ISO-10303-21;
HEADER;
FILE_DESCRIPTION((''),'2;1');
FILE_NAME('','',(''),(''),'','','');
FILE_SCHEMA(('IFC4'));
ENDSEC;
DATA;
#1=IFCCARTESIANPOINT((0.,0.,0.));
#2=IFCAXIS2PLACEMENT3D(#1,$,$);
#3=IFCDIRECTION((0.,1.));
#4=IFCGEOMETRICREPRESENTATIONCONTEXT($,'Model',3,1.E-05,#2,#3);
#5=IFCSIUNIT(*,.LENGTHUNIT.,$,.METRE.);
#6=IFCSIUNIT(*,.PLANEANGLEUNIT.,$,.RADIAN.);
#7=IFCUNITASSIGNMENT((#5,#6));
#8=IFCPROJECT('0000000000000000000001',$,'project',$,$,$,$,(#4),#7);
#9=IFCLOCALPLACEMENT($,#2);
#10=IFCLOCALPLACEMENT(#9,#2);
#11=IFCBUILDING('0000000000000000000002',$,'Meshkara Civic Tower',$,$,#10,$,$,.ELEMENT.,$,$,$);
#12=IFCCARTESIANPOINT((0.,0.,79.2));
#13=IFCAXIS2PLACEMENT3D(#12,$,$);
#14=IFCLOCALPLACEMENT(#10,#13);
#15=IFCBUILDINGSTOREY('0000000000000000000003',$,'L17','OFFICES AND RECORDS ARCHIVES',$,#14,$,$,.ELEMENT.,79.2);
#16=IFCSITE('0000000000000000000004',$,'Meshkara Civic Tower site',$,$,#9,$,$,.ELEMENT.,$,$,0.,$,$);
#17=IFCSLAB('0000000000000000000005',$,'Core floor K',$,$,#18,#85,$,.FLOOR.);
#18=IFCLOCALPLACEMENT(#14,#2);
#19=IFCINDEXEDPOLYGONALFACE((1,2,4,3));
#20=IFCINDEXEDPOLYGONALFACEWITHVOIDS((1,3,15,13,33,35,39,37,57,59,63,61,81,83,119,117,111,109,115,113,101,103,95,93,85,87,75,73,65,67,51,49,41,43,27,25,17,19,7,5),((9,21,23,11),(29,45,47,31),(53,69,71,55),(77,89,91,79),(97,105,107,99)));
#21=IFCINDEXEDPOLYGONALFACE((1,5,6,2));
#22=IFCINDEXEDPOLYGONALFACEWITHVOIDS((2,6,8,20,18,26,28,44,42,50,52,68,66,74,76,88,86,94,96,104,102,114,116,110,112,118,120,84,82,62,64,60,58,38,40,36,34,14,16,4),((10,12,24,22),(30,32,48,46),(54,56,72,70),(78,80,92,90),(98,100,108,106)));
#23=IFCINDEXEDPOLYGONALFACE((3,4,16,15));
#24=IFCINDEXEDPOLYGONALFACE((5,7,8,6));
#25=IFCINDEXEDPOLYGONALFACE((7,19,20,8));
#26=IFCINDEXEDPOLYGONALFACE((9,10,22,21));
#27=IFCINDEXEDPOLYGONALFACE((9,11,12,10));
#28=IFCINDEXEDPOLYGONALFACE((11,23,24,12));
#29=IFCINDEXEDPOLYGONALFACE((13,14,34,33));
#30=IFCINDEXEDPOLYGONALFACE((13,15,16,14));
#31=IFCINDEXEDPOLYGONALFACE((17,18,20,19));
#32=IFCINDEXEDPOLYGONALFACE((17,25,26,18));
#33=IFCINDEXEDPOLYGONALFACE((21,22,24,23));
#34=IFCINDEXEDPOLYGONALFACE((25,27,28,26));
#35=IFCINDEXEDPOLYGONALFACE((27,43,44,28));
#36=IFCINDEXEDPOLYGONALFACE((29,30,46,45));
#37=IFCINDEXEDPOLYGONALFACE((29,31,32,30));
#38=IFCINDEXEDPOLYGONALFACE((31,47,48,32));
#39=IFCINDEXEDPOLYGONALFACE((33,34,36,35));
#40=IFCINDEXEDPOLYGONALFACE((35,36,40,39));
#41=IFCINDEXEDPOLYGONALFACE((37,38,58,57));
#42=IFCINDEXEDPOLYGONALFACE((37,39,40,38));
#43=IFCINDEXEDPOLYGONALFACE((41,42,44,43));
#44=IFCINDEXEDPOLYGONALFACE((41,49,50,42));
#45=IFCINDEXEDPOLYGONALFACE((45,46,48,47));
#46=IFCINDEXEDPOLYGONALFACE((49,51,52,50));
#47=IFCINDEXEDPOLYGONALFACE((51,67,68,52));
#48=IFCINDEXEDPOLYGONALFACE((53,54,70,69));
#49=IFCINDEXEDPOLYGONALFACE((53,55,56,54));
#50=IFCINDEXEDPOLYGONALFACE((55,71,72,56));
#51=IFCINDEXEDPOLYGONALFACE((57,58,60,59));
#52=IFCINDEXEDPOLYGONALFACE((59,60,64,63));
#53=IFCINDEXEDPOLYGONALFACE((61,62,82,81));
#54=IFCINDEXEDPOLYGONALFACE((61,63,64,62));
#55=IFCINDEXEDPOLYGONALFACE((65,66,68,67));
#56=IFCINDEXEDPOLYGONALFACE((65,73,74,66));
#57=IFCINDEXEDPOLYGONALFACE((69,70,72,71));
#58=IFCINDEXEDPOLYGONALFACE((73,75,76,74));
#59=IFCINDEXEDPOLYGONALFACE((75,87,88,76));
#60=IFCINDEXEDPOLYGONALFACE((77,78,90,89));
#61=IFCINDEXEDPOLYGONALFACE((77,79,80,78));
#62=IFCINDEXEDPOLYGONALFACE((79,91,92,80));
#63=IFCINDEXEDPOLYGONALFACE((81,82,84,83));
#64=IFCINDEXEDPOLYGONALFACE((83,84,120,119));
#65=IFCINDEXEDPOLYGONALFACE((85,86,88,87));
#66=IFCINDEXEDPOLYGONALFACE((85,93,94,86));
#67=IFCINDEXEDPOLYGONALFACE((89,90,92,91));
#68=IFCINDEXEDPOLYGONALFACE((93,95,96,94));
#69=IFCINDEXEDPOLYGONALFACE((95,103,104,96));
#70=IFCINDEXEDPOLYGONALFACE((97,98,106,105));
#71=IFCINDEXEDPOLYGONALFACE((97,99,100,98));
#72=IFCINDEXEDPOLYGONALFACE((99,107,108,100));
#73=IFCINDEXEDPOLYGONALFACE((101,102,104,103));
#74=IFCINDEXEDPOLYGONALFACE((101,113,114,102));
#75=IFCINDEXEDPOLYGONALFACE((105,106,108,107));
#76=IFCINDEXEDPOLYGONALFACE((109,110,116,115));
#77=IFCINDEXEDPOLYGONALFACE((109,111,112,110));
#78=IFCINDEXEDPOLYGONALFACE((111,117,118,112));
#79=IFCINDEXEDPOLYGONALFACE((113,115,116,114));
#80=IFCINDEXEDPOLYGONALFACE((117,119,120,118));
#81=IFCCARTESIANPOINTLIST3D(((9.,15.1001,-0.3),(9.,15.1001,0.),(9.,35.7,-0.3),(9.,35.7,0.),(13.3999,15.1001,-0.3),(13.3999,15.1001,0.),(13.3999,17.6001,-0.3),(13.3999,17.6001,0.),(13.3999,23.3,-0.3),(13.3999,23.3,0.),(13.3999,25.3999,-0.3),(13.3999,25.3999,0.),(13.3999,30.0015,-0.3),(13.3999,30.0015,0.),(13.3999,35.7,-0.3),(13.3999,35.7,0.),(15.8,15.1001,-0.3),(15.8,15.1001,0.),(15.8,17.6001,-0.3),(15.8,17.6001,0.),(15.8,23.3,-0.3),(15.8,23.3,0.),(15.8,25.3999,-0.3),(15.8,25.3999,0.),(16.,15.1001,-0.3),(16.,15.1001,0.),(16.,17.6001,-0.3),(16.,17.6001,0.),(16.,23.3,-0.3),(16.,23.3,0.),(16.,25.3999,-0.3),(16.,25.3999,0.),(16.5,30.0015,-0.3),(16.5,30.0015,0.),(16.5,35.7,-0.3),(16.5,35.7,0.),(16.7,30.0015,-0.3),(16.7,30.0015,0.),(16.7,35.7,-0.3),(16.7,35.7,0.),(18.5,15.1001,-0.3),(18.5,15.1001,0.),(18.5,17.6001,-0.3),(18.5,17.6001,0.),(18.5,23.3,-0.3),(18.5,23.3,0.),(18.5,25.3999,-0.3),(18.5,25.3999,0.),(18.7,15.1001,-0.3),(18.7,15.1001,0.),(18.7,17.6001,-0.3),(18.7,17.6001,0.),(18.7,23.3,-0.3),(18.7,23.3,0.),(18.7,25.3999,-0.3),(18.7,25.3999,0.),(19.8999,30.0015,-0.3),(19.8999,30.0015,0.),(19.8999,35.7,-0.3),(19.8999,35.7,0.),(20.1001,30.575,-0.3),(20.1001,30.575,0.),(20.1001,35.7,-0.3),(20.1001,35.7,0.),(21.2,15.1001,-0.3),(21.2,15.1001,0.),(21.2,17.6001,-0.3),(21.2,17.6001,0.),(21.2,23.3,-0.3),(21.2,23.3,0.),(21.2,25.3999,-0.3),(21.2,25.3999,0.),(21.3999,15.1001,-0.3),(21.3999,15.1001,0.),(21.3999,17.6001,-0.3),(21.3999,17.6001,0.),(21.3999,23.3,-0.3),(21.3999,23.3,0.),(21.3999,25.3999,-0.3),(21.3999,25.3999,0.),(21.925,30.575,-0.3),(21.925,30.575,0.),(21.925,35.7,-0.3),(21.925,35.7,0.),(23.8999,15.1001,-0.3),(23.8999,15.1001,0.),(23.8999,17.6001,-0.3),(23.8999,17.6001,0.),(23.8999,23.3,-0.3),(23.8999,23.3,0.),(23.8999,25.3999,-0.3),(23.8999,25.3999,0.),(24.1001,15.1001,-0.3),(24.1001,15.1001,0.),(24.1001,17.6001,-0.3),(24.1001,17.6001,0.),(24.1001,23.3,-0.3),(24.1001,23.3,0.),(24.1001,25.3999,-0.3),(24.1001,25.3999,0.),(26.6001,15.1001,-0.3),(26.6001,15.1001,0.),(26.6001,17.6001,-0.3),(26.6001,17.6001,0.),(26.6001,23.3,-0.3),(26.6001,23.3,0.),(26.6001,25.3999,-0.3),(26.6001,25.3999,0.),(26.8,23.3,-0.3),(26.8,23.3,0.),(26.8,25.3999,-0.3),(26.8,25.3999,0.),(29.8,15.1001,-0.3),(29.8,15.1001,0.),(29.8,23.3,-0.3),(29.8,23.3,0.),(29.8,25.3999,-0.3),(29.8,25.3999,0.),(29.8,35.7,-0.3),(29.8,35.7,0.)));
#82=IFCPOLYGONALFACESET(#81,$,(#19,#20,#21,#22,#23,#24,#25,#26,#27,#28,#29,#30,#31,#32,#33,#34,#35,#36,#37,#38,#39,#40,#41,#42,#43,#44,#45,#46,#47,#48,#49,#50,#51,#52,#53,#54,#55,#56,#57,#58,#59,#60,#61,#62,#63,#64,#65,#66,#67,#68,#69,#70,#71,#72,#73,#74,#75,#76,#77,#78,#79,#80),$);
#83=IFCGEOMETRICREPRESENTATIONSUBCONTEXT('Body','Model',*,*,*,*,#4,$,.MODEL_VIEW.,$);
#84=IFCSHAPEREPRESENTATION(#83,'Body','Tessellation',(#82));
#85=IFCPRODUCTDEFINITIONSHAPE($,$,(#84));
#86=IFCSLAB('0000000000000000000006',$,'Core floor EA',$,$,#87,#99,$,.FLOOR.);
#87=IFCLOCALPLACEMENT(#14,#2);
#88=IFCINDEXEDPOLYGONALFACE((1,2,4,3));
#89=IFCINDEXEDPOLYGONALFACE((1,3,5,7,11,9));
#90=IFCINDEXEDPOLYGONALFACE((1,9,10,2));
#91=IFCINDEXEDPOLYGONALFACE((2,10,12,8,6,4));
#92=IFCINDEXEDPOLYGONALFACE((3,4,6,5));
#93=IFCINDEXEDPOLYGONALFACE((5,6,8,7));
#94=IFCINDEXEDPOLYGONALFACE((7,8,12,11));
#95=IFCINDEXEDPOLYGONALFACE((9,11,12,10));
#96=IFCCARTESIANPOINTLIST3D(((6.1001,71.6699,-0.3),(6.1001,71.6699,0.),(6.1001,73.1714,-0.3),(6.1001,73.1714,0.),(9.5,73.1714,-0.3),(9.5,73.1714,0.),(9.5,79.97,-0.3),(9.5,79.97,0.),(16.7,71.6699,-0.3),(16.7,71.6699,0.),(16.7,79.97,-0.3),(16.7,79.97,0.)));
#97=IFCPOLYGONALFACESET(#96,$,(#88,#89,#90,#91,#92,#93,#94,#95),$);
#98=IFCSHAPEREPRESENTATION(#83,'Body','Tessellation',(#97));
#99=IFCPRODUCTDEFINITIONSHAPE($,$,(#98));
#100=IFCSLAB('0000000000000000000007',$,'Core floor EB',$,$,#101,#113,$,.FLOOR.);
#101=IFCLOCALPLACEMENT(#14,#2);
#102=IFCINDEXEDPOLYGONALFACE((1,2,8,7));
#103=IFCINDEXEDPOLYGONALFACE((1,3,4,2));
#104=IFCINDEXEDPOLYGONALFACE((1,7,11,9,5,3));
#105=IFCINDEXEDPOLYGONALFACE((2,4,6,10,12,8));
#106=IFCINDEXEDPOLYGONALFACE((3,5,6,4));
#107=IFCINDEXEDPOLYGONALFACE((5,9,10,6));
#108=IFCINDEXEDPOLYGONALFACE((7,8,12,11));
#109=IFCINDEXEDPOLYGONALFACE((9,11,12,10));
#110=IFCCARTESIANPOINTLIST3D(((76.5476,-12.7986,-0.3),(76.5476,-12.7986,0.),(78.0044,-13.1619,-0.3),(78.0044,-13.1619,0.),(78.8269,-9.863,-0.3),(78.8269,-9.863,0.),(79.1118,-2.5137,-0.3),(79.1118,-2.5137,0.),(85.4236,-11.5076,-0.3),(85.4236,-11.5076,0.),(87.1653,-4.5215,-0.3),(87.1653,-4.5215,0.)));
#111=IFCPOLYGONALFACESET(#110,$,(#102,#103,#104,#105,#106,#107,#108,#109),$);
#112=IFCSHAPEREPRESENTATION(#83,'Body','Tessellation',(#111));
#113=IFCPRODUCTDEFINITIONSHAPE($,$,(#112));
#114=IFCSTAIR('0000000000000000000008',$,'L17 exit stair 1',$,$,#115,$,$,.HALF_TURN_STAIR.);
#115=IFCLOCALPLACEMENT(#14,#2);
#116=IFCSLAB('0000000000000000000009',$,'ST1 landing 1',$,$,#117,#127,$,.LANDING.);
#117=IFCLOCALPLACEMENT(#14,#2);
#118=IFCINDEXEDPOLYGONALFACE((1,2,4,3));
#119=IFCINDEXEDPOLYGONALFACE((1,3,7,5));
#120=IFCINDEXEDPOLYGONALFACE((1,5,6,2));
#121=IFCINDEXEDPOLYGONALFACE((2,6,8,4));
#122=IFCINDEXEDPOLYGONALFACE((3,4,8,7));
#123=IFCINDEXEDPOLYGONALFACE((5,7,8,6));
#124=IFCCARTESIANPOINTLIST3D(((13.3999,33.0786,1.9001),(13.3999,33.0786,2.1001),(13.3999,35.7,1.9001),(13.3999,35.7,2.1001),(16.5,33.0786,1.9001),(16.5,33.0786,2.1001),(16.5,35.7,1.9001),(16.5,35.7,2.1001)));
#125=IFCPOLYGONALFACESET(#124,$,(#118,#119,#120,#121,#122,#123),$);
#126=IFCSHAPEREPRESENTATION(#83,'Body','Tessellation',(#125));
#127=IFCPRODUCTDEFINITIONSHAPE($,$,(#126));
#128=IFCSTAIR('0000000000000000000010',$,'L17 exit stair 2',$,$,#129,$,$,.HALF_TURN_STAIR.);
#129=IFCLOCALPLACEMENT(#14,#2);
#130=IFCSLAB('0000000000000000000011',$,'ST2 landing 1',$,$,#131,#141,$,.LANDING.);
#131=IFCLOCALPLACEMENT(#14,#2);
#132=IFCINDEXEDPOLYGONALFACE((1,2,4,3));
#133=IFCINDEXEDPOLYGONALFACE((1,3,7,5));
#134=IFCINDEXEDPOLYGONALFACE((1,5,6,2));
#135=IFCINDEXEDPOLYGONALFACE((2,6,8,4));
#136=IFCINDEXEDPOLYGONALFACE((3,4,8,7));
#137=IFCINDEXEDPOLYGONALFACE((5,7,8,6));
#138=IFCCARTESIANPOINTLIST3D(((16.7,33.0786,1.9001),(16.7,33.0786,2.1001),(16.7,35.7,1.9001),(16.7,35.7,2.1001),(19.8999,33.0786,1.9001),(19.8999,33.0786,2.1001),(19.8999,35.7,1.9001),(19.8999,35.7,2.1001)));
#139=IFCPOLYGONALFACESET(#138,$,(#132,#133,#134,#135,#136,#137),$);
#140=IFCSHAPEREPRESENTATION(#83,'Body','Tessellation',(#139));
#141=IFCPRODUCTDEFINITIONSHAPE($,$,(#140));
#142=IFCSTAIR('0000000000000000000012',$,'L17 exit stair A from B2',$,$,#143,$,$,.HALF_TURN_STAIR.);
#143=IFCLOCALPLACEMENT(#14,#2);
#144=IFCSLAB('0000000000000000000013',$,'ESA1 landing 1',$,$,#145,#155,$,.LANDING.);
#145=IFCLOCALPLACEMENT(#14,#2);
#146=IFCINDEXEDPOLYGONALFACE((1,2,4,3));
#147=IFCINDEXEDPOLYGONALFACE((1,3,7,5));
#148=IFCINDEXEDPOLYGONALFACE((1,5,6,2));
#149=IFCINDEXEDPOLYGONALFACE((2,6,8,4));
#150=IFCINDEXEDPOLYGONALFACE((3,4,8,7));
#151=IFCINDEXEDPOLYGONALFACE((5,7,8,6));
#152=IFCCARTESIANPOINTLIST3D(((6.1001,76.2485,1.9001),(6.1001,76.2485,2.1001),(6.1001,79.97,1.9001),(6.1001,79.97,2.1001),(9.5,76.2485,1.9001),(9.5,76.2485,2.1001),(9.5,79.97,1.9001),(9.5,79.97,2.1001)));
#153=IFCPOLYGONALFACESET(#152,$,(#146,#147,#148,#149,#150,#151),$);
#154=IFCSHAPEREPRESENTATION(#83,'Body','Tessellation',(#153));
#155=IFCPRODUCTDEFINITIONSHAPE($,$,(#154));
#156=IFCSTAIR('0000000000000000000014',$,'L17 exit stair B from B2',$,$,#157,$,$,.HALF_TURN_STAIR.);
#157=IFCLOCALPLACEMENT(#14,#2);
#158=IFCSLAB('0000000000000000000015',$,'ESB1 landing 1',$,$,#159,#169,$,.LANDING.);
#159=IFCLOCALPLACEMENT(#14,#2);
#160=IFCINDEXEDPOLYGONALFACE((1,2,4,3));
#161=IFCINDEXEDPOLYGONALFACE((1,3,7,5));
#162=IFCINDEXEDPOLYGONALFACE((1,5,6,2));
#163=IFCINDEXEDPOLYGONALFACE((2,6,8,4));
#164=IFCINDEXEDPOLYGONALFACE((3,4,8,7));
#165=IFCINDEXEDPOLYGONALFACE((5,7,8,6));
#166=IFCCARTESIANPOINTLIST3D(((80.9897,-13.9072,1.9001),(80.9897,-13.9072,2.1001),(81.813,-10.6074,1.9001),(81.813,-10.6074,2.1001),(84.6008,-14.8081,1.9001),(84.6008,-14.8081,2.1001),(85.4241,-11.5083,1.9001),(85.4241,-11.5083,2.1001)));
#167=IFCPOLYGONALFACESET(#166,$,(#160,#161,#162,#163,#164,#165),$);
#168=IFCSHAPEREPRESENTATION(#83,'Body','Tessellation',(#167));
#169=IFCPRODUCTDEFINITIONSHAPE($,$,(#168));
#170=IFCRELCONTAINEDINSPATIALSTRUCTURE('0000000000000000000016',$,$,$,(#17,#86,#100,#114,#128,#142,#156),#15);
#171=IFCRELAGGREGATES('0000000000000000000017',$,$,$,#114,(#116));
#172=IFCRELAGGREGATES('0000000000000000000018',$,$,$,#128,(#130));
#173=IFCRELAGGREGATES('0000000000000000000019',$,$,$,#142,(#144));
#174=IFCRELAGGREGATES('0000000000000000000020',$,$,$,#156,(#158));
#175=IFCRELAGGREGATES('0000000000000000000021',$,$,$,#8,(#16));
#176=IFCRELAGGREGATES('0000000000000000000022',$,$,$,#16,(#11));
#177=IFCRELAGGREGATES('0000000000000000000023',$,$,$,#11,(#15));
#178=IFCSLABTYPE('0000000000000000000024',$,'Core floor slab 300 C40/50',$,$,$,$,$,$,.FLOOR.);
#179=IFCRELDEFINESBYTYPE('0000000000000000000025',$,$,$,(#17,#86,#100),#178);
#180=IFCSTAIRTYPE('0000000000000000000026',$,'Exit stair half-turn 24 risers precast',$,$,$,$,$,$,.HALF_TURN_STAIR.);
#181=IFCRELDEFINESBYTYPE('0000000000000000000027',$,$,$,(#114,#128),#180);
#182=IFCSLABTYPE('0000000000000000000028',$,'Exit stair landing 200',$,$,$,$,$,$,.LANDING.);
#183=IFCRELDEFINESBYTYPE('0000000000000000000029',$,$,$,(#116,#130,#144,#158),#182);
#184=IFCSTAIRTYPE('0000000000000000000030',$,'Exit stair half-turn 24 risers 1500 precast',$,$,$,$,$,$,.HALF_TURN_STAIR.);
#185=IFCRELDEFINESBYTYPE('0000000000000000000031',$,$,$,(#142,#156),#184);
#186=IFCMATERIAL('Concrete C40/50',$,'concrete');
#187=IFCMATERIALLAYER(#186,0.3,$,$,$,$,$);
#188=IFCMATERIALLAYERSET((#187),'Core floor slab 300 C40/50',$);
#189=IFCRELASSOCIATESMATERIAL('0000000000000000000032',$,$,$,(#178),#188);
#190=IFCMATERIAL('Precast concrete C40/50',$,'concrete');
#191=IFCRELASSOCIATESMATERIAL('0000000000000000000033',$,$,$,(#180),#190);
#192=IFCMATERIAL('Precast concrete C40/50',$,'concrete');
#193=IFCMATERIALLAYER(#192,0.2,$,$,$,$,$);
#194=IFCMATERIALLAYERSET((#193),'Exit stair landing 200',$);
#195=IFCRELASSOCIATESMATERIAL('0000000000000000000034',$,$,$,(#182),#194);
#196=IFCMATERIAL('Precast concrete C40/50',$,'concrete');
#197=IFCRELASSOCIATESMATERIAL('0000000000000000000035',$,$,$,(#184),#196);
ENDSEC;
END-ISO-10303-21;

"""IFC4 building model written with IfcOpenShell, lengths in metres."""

from ifc_helpers import new_model, si_unit, direction, frame, origin, place, context, subcontext, project, spatial, polyline, outline, extrude, material, layer, layer_set, type_object, element, aggregate, save


model = new_model("IFC4")

# Units and contexts
model_context = context("Model", 3, precision=1e-05, world=origin(), true_north=direction((0.0, 1.0)))
body_context = subcontext(model_context, "Body", "Model", "MODEL_VIEW")
ifc_project = project(units=[si_unit("LENGTHUNIT", "METRE"), si_unit("PLANEANGLEUNIT", "RADIAN")], contexts=[model_context])

# Site, building, storey
site_placement = place(None, origin())
site = spatial("IfcSite", under=ifc_project, at=site_placement, Name="Meshkara Civic Tower site", CompositionType="ELEMENT", RefElevation=0.0)
building_placement = place(site_placement, origin())
building = spatial("IfcBuilding", under=site, at=building_placement, Name="Meshkara Civic Tower", CompositionType="ELEMENT")
storey_placement = place(building_placement, frame((0.0, 0.0, 79.2)))
storey = spatial("IfcBuildingStorey", under=building, at=storey_placement, Name="L17", Description="OFFICES AND RECORDS ARCHIVES", CompositionType="ELEMENT", Elevation=79.2)

# Slabs
ifc_material_1 = material(Name="Concrete C40/50", Category="concrete")
ifc_layer_1 = layer(ifc_material_1, 0.3)
ifc_layer_set_1 = layer_set([ifc_layer_1], Name="Core floor slab 300 C40/50")
slab_type_1 = type_object("IfcSlabType", Name="Core floor slab 300 C40/50", PredefinedType="FLOOR", material=ifc_layer_set_1)
slab_1_placement = place(storey_placement, frame((0.0, 0.0, -0.3)))
element("IfcSlab", 1, at=slab_1_placement, inside=storey, type_object=slab_type_1, Name="Core floor K", PredefinedType="FLOOR", context=body_context, shape_type="SweptSolid", body=[
    extrude(outline(polyline([(9.0, 35.7), (13.3999, 35.7), (13.3999, 30.0015), (16.5, 30.0015), (16.5, 35.7), (16.7, 35.7), (16.7, 30.0015), (19.8999, 30.0015), (19.8999, 35.7), (20.1001, 35.7), (20.1001, 30.575), (21.925, 30.575), (21.925, 35.7), (29.8, 35.7), (29.8, 25.3999), (26.8, 25.3999), (26.8, 23.3), (29.8, 23.3), (29.8, 15.1001), (26.6001, 15.1001), (26.6001, 17.6001), (24.1001, 17.6001), (24.1001, 15.1001), (23.8999, 15.1001), (23.8999, 17.6001), (21.3999, 17.6001), (21.3999, 15.1001), (21.2, 15.1001), (21.2, 17.6001), (18.7, 17.6001), (18.7, 15.1001), (18.5, 15.1001), (18.5, 17.6001), (16.0, 17.6001), (16.0, 15.1001), (15.8, 15.1001), (15.8, 17.6001), (13.3999, 17.6001), (13.3999, 15.1001), (9.0, 15.1001), (9.0, 35.7)]), holes=[polyline([(13.3999, 25.3999), (13.3999, 23.3), (15.8, 23.3), (15.8, 25.3999), (13.3999, 25.3999)]), polyline([(18.5, 23.3), (18.5, 25.3999), (16.0, 25.3999), (16.0, 23.3), (18.5, 23.3)]), polyline([(18.7, 25.3999), (18.7, 23.3), (21.2, 23.3), (21.2, 25.3999), (18.7, 25.3999)]), polyline([(23.8999, 23.3), (23.8999, 25.3999), (21.3999, 25.3999), (21.3999, 23.3), (23.8999, 23.3)]), polyline([(26.6001, 23.3), (26.6001, 25.3999), (24.1001, 25.3999), (24.1001, 23.3), (26.6001, 23.3)])]), origin(), (0.0, 0.0, 1.0), 0.3),
])
slab_2_placement = place(storey_placement, frame((0.0, 0.0, -0.3)))
element("IfcSlab", 2, at=slab_2_placement, inside=storey, type_object=slab_type_1, Name="Core floor EA", PredefinedType="FLOOR", context=body_context, shape_type="SweptSolid", body=[
    extrude(outline(polyline([(16.7, 71.6699), (16.7, 79.97), (9.5, 79.97), (9.5, 73.1714), (6.1001, 73.1714), (6.1001, 71.6699), (16.7, 71.6699)])), origin(), (0.0, 0.0, 1.0), 0.3),
])
slab_3_placement = place(storey_placement, frame((0.0, 0.0, -0.3)))
element("IfcSlab", 3, at=slab_3_placement, inside=storey, type_object=slab_type_1, Name="Core floor EB", PredefinedType="FLOOR", context=body_context, shape_type="SweptSolid", body=[
    extrude(outline(polyline([(79.1118, -2.5137), (87.1653, -4.5215), (85.4236, -11.5076), (78.8269, -9.863), (78.0044, -13.1619), (76.5476, -12.7986), (79.1118, -2.5137)])), origin(), (0.0, 0.0, 1.0), 0.3),
])

# Stairs, slabs
ifc_material_2 = material(Name="Precast concrete C40/50", Category="concrete")
stair_type_1 = type_object("IfcStairType", Name="Exit stair half-turn 24 risers precast", PredefinedType="HALF_TURN_STAIR", material=ifc_material_2)
stair_1_placement = place(storey_placement, origin())
stair_1 = element("IfcStair", 4, at=stair_1_placement, inside=storey, type_object=stair_type_1, Name="L17 exit stair 1", PredefinedType="HALF_TURN_STAIR")
ifc_material_3 = material(Name="Precast concrete C40/50", Category="concrete")
ifc_layer_2 = layer(ifc_material_3, 0.2)
ifc_layer_set_2 = layer_set([ifc_layer_2], Name="Exit stair landing 200")
slab_type_2 = type_object("IfcSlabType", Name="Exit stair landing 200", PredefinedType="LANDING", material=ifc_layer_set_2)
slab_4_placement = place(storey_placement, frame((0.0, 0.0, 1.9001)))
slab_4 = element("IfcSlab", 5, at=slab_4_placement, type_object=slab_type_2, Name="ST1 landing 1", PredefinedType="LANDING", context=body_context, shape_type="SweptSolid", body=[
    extrude(outline(polyline([(16.5, 33.0786), (16.5, 35.7), (13.3999, 35.7), (13.3999, 33.0786), (16.5, 33.0786)])), origin(), (0.0, 0.0, 1.0), 0.2),
])
aggregate(stair_1, [slab_4])
stair_2_placement = place(storey_placement, origin())
stair_2 = element("IfcStair", 6, at=stair_2_placement, inside=storey, type_object=stair_type_1, Name="L17 exit stair 2", PredefinedType="HALF_TURN_STAIR")
slab_5_placement = place(storey_placement, frame((0.0, 0.0, 1.9001)))
slab_5 = element("IfcSlab", 7, at=slab_5_placement, type_object=slab_type_2, Name="ST2 landing 1", PredefinedType="LANDING", context=body_context, shape_type="SweptSolid", body=[
    extrude(outline(polyline([(19.8999, 33.0786), (19.8999, 35.7), (16.7, 35.7), (16.7, 33.0786), (19.8999, 33.0786)])), origin(), (0.0, 0.0, 1.0), 0.2),
])
aggregate(stair_2, [slab_5])
ifc_material_4 = material(Name="Precast concrete C40/50", Category="concrete")
stair_type_2 = type_object("IfcStairType", Name="Exit stair half-turn 24 risers 1500 precast", PredefinedType="HALF_TURN_STAIR", material=ifc_material_4)
stair_3_placement = place(storey_placement, origin())
stair_3 = element("IfcStair", 8, at=stair_3_placement, inside=storey, type_object=stair_type_2, Name="L17 exit stair A from B2", PredefinedType="HALF_TURN_STAIR")
slab_6_placement = place(storey_placement, frame((0.0, 0.0, 1.9001)))
slab_6 = element("IfcSlab", 9, at=slab_6_placement, type_object=slab_type_2, Name="ESA1 landing 1", PredefinedType="LANDING", context=body_context, shape_type="SweptSolid", body=[
    extrude(outline(polyline([(9.5, 76.2485), (9.5, 79.97), (6.1001, 79.97), (6.1001, 76.2485), (9.5, 76.2485)])), origin(), (0.0, 0.0, 1.0), 0.2),
])
aggregate(stair_3, [slab_6])
stair_4_placement = place(storey_placement, origin())
stair_4 = element("IfcStair", 10, at=stair_4_placement, inside=storey, type_object=stair_type_2, Name="L17 exit stair B from B2", PredefinedType="HALF_TURN_STAIR")
slab_7_placement = place(storey_placement, frame((0.0, 0.0, 1.9001)))
slab_7 = element("IfcSlab", 11, at=slab_7_placement, type_object=slab_type_2, Name="ESB1 landing 1", PredefinedType="LANDING", context=body_context, shape_type="SweptSolid", body=[
    extrude(outline(polyline([(80.9897, -13.9072), (84.6008, -14.8081), (85.4241, -11.5083), (81.813, -10.6074), (80.9897, -13.9072)])), origin(), (0.0, 0.0, 1.0), 0.2),
])
aggregate(stair_4, [slab_7])

save(model, "model.ifc")
